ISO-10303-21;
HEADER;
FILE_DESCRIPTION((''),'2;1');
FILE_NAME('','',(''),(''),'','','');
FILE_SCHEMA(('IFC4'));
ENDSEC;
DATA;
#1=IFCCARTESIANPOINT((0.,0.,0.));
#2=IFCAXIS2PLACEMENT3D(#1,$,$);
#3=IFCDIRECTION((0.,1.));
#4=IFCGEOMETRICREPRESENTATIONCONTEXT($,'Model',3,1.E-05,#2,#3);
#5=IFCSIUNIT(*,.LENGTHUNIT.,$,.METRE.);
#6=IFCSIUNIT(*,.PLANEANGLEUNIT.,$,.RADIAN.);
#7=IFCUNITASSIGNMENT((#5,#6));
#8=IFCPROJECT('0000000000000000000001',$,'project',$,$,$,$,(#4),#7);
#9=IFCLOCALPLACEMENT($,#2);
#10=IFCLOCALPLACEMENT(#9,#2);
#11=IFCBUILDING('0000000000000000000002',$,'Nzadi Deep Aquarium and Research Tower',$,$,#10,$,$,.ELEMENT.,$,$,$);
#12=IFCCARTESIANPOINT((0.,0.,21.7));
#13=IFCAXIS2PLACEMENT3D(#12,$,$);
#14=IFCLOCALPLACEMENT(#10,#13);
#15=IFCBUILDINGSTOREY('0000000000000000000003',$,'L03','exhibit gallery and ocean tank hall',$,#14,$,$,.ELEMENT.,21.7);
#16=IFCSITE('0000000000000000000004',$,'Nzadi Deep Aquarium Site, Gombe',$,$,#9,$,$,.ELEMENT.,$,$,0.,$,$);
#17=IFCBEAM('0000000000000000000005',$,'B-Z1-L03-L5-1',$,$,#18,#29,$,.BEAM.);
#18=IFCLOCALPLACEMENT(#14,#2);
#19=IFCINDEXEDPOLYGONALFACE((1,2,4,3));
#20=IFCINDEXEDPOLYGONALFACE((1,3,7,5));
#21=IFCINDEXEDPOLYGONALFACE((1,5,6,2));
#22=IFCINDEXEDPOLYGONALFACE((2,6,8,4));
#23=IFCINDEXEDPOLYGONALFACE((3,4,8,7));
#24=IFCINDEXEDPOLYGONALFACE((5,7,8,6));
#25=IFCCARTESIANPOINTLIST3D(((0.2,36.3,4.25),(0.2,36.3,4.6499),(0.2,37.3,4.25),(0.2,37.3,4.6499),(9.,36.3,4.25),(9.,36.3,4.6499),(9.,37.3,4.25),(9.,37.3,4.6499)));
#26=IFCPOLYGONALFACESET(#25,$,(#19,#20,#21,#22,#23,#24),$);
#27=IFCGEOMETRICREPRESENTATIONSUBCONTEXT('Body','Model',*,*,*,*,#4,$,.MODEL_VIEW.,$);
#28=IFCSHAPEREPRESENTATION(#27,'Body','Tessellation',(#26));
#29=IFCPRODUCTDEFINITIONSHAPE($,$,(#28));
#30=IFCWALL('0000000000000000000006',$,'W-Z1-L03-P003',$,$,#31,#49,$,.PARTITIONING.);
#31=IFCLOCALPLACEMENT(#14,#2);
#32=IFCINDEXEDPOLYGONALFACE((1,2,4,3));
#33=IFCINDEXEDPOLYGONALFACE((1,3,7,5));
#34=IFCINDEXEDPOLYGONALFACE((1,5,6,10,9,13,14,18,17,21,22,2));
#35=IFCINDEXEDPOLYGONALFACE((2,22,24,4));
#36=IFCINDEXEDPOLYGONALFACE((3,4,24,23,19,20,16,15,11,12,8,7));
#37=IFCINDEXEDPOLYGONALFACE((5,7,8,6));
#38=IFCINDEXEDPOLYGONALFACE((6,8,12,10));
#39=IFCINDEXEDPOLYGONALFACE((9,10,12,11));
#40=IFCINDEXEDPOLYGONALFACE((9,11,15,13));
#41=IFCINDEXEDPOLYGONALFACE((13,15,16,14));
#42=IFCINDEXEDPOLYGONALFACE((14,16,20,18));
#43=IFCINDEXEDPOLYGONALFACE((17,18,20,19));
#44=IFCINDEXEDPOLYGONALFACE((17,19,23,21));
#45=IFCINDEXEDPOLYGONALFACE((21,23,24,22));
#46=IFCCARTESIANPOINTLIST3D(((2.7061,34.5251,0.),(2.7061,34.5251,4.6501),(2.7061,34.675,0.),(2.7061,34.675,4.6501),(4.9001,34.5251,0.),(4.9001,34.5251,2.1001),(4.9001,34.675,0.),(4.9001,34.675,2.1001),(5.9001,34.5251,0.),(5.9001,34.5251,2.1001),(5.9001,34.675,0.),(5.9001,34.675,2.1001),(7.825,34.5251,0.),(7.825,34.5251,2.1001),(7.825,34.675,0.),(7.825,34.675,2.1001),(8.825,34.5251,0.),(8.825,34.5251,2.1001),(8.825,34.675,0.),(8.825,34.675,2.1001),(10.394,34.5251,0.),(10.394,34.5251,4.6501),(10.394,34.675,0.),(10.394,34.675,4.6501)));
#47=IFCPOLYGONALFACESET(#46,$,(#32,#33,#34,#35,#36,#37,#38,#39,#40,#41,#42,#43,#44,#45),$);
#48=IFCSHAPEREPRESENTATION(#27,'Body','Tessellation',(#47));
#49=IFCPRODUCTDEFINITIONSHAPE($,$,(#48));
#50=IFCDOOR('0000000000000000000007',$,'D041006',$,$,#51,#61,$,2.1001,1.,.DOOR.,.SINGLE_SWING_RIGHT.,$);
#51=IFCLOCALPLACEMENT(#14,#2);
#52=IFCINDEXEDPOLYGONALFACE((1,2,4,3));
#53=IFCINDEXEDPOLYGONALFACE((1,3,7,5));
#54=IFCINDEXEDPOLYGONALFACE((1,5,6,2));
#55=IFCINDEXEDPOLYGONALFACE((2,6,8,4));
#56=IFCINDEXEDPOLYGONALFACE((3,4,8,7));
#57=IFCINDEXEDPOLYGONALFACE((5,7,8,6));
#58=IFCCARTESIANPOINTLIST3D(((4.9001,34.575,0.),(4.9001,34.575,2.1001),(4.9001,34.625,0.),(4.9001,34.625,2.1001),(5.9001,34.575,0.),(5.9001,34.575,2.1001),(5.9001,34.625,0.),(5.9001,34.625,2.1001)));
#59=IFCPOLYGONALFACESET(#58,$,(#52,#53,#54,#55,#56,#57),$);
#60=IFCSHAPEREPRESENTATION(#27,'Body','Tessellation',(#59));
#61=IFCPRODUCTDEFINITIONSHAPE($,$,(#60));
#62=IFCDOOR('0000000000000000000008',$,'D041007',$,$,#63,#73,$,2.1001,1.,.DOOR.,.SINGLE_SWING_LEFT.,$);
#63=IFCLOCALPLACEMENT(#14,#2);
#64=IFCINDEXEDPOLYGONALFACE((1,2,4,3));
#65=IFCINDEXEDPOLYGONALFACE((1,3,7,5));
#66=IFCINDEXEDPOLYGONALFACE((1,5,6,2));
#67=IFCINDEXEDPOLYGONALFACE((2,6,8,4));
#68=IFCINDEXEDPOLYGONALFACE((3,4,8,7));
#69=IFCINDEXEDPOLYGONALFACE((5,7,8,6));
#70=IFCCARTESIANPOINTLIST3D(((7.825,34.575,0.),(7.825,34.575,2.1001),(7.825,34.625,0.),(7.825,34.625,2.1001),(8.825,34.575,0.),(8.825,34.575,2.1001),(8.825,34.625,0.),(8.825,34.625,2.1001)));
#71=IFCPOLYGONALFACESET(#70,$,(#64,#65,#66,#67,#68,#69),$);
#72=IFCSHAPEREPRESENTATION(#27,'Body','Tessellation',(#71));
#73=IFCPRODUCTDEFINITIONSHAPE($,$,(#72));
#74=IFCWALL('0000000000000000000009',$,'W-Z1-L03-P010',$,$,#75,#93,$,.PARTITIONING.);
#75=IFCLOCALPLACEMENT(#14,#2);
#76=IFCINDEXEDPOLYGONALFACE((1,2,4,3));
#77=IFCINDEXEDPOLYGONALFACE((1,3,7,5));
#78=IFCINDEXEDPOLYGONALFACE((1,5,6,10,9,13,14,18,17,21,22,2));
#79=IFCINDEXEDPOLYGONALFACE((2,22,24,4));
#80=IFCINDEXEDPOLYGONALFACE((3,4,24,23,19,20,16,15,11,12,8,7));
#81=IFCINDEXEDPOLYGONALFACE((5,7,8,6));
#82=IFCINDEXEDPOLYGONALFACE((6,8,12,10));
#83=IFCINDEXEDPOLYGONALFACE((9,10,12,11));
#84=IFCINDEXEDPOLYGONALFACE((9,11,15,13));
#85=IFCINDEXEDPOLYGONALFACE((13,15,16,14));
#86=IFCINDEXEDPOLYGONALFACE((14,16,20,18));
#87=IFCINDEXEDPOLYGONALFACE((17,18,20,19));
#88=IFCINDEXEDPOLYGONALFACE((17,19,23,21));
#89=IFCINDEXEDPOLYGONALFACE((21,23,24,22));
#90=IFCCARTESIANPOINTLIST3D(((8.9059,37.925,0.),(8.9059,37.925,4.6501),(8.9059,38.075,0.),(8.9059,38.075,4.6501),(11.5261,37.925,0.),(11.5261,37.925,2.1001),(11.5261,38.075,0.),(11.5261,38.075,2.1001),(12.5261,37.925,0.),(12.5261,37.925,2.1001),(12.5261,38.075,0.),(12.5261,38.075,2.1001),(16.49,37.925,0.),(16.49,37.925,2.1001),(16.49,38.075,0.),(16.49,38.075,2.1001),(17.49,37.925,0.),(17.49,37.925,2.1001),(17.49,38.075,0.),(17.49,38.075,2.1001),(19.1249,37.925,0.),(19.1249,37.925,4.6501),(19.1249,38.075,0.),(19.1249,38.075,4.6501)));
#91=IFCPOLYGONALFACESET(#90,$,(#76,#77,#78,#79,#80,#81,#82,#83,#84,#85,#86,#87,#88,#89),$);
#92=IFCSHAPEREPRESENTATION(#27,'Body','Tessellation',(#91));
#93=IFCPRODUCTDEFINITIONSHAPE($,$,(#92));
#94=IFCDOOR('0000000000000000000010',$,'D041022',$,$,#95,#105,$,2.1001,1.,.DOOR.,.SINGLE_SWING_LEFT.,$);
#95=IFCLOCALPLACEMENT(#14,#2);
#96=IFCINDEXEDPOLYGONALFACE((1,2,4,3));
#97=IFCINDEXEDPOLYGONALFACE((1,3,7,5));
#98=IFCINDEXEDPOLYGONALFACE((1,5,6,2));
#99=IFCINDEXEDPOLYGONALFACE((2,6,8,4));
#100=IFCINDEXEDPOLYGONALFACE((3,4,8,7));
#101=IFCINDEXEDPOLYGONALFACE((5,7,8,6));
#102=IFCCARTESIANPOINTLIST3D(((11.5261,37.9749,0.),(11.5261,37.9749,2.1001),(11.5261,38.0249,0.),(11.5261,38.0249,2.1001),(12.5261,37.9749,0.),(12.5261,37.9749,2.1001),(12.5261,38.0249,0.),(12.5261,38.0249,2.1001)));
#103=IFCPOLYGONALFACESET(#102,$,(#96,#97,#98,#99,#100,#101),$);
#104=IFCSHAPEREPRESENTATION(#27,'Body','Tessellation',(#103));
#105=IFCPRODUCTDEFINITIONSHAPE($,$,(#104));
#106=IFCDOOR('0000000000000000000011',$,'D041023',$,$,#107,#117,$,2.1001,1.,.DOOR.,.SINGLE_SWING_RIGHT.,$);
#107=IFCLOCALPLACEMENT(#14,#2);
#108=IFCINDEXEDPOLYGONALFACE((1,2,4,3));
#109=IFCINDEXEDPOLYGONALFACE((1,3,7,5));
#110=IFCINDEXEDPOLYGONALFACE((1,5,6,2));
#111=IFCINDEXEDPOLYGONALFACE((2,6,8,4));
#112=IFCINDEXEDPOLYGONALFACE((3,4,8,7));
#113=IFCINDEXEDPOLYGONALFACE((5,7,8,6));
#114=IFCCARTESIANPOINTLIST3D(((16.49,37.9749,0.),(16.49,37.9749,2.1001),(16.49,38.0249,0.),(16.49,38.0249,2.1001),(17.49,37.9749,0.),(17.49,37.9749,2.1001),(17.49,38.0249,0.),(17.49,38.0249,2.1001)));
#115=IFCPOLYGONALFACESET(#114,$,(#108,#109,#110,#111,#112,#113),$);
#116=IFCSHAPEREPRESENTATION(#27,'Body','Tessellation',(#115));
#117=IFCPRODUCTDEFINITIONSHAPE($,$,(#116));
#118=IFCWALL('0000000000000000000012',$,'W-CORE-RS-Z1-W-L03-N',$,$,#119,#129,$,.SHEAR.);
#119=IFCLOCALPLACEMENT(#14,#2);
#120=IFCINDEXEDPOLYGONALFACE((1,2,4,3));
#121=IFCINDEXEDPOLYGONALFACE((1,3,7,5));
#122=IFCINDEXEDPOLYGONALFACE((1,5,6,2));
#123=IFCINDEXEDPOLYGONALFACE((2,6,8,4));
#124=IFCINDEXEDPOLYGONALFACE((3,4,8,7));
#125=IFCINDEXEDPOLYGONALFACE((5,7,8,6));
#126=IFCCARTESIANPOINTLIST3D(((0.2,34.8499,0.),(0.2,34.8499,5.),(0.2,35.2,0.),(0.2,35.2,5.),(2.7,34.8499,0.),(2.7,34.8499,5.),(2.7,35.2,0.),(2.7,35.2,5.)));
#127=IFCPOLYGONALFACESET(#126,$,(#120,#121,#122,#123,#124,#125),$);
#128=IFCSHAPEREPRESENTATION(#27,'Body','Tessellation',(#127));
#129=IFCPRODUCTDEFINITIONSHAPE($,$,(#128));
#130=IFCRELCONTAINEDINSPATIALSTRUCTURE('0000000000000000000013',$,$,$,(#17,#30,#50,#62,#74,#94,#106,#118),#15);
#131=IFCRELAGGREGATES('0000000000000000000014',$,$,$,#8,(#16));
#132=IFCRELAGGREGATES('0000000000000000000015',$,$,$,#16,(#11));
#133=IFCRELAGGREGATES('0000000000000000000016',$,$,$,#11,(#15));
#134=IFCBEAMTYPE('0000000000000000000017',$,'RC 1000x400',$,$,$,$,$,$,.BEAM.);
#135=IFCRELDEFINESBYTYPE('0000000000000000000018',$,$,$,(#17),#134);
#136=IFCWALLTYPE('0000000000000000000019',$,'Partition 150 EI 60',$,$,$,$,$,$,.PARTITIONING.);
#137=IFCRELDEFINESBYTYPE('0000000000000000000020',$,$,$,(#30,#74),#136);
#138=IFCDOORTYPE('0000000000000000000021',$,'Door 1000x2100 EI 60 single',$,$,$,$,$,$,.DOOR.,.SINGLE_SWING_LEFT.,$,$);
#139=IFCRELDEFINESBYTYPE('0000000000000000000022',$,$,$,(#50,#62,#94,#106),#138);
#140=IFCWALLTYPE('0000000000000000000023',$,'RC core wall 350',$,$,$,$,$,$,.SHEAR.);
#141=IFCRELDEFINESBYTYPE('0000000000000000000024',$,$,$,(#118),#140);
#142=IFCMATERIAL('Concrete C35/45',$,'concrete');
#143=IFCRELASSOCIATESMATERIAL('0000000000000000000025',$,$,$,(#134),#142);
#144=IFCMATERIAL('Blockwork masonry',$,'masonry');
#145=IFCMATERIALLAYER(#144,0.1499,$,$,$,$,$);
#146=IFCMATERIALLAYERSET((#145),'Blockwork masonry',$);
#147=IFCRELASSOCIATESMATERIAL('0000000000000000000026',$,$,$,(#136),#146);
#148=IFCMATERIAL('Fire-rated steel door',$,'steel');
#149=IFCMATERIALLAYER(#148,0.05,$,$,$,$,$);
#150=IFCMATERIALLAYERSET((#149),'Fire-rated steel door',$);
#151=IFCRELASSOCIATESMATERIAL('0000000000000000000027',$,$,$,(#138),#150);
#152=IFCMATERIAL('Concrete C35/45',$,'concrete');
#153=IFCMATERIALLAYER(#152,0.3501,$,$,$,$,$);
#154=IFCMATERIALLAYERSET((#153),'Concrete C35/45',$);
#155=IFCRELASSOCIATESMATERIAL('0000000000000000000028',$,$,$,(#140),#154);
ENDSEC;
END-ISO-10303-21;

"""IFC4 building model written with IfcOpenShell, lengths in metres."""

from ifc_helpers import new_model, si_unit, direction, frame, frame_2d, origin, origin_2d, place, context, subcontext, project, spatial, rectangle, extrude, material, layer, layer_set, material_profile, profile_set, type_object, element, fill, save


model = new_model("IFC4")

# Units and contexts
model_context = context("Model", 3, precision=1e-05, world=origin(), true_north=direction((0.0, 1.0)))
body_context = subcontext(model_context, "Body", "Model", "MODEL_VIEW")
ifc_project = project(units=[si_unit("LENGTHUNIT", "METRE"), si_unit("PLANEANGLEUNIT", "RADIAN")], contexts=[model_context])

# Site, building, storey
site_placement = place(None, origin())
site = spatial("IfcSite", under=ifc_project, at=site_placement, Name="Nzadi Deep Aquarium Site, Gombe", CompositionType="ELEMENT", RefElevation=0.0)
building_placement = place(site_placement, origin())
building = spatial("IfcBuilding", under=site, at=building_placement, Name="Nzadi Deep Aquarium and Research Tower", CompositionType="ELEMENT")
storey_placement = place(building_placement, frame((0.0, 0.0, 21.7)))
storey = spatial("IfcBuildingStorey", under=building, at=storey_placement, Name="L03", Description="exhibit gallery and ocean tank hall", CompositionType="ELEMENT", Elevation=21.7)

# Beam
ifc_material_1 = material(Name="Concrete C35/45", Category="concrete")
ifc_material_profile = material_profile(ifc_material_1, rectangle(XDim=1.0, YDim=0.3999, at=origin_2d()))
ifc_profile_set = profile_set([ifc_material_profile], Name="Concrete C35/45")
beam_type = type_object("IfcBeamType", Name="RC 1000x400", PredefinedType="BEAM", material=ifc_profile_set)
beam_placement = place(storey_placement, frame((0.2, 36.8, 4.45), z_axis=(1.0, 0.0, 0.0), x_axis=(0.0, 1.0, 0.0)))
element("IfcBeam", 1, at=beam_placement, inside=storey, type_object=beam_type, Name="B-Z1-L03-L5-1", PredefinedType="BEAM", context=body_context, shape_type="SweptSolid", body=[
    extrude(rectangle(XDim=1.0, YDim=0.3999, at=origin_2d()), origin(), (0.0, 0.0, 1.0), 8.8),
])

# Walls, openings, doors
ifc_material_2 = material(Name="Blockwork masonry", Category="masonry")
ifc_layer_1 = layer(ifc_material_2, 0.1499)
ifc_layer_set_1 = layer_set([ifc_layer_1], Name="Blockwork masonry")
wall_type_1 = type_object("IfcWallType", Name="Partition 150 EI 60", PredefinedType="PARTITIONING", material=ifc_layer_set_1)
wall_1_placement = place(storey_placement, frame((2.7061, 34.6001, 0.0), z_axis=(0.0, 0.0, 1.0), x_axis=(1.0, 0.0, 0.0)))
wall_1 = element("IfcWall", 2, at=wall_1_placement, inside=storey, type_object=wall_type_1, Name="W-Z1-L03-P003", PredefinedType="PARTITIONING", context=body_context, shape_type="SweptSolid", body=[
    extrude(rectangle(XDim=7.688, YDim=0.1499, at=frame_2d((3.844, 0.0))), origin(), (0.0, 0.0, 1.0), 4.6501),
])
opening_1_placement = place(wall_1_placement, frame((2.1941, 0.0, 0.0)))
opening_1 = element("IfcOpeningElement", 3, at=opening_1_placement, cuts=wall_1, PredefinedType="OPENING", context=body_context, shape_type="SweptSolid", body=[
    extrude(rectangle(XDim=1.0, YDim=2.1001, at=frame_2d((0.5, 1.05))), frame((0.0, 0.085, 0.0), z_axis=(0.0, -1.0, 0.0), x_axis=(1.0, 0.0, 0.0)), (0.0, 0.0, 1.0), 0.1699),
])
opening_2_placement = place(wall_1_placement, frame((5.1189, 0.0, 0.0)))
opening_2 = element("IfcOpeningElement", 4, at=opening_2_placement, cuts=wall_1, PredefinedType="OPENING", context=body_context, shape_type="SweptSolid", body=[
    extrude(rectangle(XDim=1.0, YDim=2.1001, at=frame_2d((0.5, 1.05))), frame((0.0, 0.085, 0.0), z_axis=(0.0, -1.0, 0.0), x_axis=(1.0, 0.0, 0.0)), (0.0, 0.0, 1.0), 0.1699),
])
ifc_material_3 = material(Name="Fire-rated steel door", Category="steel")
ifc_layer_2 = layer(ifc_material_3, 0.05)
ifc_layer_set_2 = layer_set([ifc_layer_2], Name="Fire-rated steel door")
door_type_1 = type_object("IfcDoorType", Name="Door 1000x2100 EI 60 single", OperationType="SINGLE_SWING_LEFT", PredefinedType="DOOR", material=ifc_layer_set_2)
door_1_placement = place(opening_1_placement, origin())
door_1 = element("IfcDoor", 5, at=door_1_placement, inside=storey, type_object=door_type_1, Name="D041006", OperationType="SINGLE_SWING_RIGHT", OverallHeight=2.1001, OverallWidth=1.0, PredefinedType="DOOR", context=body_context, shape_type="SweptSolid", body=[
    extrude(rectangle(XDim=1.0, YDim=2.1001, at=frame_2d((0.5, 1.05))), frame((0.0, 0.0249, 0.0), z_axis=(0.0, -1.0, 0.0), x_axis=(1.0, 0.0, 0.0)), (0.0, 0.0, 1.0), 0.05),
])
fill(opening_1, door_1)
door_2_placement = place(opening_2_placement, origin())
door_2 = element("IfcDoor", 6, at=door_2_placement, inside=storey, type_object=door_type_1, Name="D041007", OperationType="SINGLE_SWING_LEFT", OverallHeight=2.1001, OverallWidth=1.0, PredefinedType="DOOR", context=body_context, shape_type="SweptSolid", body=[
    extrude(rectangle(XDim=1.0, YDim=2.1001, at=frame_2d((0.5, 1.05))), frame((0.0, 0.0249, 0.0), z_axis=(0.0, -1.0, 0.0), x_axis=(1.0, 0.0, 0.0)), (0.0, 0.0, 1.0), 0.05),
])
fill(opening_2, door_2)
wall_2_placement = place(storey_placement, frame((8.906, 38.0, 0.0), z_axis=(0.0, 0.0, 1.0), x_axis=(1.0, 0.0, 0.0)))
wall_2 = element("IfcWall", 7, at=wall_2_placement, inside=storey, type_object=wall_type_1, Name="W-Z1-L03-P010", PredefinedType="PARTITIONING", context=body_context, shape_type="SweptSolid", body=[
    extrude(rectangle(XDim=10.219, YDim=0.1499, at=frame_2d((5.1094, 0.0))), origin(), (0.0, 0.0, 1.0), 4.6501),
])
opening_3_placement = place(wall_2_placement, frame((2.6201, 0.0, 0.0)))
opening_3 = element("IfcOpeningElement", 8, at=opening_3_placement, cuts=wall_2, PredefinedType="OPENING", context=body_context, shape_type="SweptSolid", body=[
    extrude(rectangle(XDim=1.0, YDim=2.1001, at=frame_2d((0.5, 1.05))), frame((0.0, 0.085, 0.0), z_axis=(0.0, -1.0, 0.0), x_axis=(1.0, 0.0, 0.0)), (0.0, 0.0, 1.0), 0.1699),
])
opening_4_placement = place(wall_2_placement, frame((7.584, 0.0, 0.0)))
opening_4 = element("IfcOpeningElement", 9, at=opening_4_placement, cuts=wall_2, PredefinedType="OPENING", context=body_context, shape_type="SweptSolid", body=[
    extrude(rectangle(XDim=1.0, YDim=2.1001, at=frame_2d((0.5, 1.05))), frame((0.0, 0.085, 0.0), z_axis=(0.0, -1.0, 0.0), x_axis=(1.0, 0.0, 0.0)), (0.0, 0.0, 1.0), 0.1699),
])
door_3_placement = place(opening_3_placement, origin())
door_3 = element("IfcDoor", 10, at=door_3_placement, inside=storey, type_object=door_type_1, Name="D041022", OperationType="SINGLE_SWING_LEFT", OverallHeight=2.1001, OverallWidth=1.0, PredefinedType="DOOR", context=body_context, shape_type="SweptSolid", body=[
    extrude(rectangle(XDim=1.0, YDim=2.1001, at=frame_2d((0.5, 1.05))), frame((0.0, 0.0249, 0.0), z_axis=(0.0, -1.0, 0.0), x_axis=(1.0, 0.0, 0.0)), (0.0, 0.0, 1.0), 0.05),
])
fill(opening_3, door_3)
door_4_placement = place(opening_4_placement, origin())
door_4 = element("IfcDoor", 11, at=door_4_placement, inside=storey, type_object=door_type_1, Name="D041023", OperationType="SINGLE_SWING_RIGHT", OverallHeight=2.1001, OverallWidth=1.0, PredefinedType="DOOR", context=body_context, shape_type="SweptSolid", body=[
    extrude(rectangle(XDim=1.0, YDim=2.1001, at=frame_2d((0.5, 1.05))), frame((0.0, 0.0249, 0.0), z_axis=(0.0, -1.0, 0.0), x_axis=(1.0, 0.0, 0.0)), (0.0, 0.0, 1.0), 0.05),
])
fill(opening_4, door_4)

# Wall
ifc_material_4 = material(Name="Concrete C35/45", Category="concrete")
ifc_layer_3 = layer(ifc_material_4, 0.3501)
ifc_layer_set_3 = layer_set([ifc_layer_3], Name="Concrete C35/45")
wall_type_2 = type_object("IfcWallType", Name="RC core wall 350", PredefinedType="SHEAR", material=ifc_layer_set_3)
wall_3_placement = place(storey_placement, frame((0.2, 35.0249, 0.0), z_axis=(0.0, 0.0, 1.0), x_axis=(1.0, 0.0, 0.0)))
element("IfcWall", 12, at=wall_3_placement, inside=storey, type_object=wall_type_2, Name="W-CORE-RS-Z1-W-L03-N", PredefinedType="SHEAR", context=body_context, shape_type="SweptSolid", body=[
    extrude(rectangle(XDim=2.5, YDim=0.3501, at=frame_2d((1.25, 0.0))), origin(), (0.0, 0.0, 1.0), 5.0),
])

save(model, "model.ifc")
